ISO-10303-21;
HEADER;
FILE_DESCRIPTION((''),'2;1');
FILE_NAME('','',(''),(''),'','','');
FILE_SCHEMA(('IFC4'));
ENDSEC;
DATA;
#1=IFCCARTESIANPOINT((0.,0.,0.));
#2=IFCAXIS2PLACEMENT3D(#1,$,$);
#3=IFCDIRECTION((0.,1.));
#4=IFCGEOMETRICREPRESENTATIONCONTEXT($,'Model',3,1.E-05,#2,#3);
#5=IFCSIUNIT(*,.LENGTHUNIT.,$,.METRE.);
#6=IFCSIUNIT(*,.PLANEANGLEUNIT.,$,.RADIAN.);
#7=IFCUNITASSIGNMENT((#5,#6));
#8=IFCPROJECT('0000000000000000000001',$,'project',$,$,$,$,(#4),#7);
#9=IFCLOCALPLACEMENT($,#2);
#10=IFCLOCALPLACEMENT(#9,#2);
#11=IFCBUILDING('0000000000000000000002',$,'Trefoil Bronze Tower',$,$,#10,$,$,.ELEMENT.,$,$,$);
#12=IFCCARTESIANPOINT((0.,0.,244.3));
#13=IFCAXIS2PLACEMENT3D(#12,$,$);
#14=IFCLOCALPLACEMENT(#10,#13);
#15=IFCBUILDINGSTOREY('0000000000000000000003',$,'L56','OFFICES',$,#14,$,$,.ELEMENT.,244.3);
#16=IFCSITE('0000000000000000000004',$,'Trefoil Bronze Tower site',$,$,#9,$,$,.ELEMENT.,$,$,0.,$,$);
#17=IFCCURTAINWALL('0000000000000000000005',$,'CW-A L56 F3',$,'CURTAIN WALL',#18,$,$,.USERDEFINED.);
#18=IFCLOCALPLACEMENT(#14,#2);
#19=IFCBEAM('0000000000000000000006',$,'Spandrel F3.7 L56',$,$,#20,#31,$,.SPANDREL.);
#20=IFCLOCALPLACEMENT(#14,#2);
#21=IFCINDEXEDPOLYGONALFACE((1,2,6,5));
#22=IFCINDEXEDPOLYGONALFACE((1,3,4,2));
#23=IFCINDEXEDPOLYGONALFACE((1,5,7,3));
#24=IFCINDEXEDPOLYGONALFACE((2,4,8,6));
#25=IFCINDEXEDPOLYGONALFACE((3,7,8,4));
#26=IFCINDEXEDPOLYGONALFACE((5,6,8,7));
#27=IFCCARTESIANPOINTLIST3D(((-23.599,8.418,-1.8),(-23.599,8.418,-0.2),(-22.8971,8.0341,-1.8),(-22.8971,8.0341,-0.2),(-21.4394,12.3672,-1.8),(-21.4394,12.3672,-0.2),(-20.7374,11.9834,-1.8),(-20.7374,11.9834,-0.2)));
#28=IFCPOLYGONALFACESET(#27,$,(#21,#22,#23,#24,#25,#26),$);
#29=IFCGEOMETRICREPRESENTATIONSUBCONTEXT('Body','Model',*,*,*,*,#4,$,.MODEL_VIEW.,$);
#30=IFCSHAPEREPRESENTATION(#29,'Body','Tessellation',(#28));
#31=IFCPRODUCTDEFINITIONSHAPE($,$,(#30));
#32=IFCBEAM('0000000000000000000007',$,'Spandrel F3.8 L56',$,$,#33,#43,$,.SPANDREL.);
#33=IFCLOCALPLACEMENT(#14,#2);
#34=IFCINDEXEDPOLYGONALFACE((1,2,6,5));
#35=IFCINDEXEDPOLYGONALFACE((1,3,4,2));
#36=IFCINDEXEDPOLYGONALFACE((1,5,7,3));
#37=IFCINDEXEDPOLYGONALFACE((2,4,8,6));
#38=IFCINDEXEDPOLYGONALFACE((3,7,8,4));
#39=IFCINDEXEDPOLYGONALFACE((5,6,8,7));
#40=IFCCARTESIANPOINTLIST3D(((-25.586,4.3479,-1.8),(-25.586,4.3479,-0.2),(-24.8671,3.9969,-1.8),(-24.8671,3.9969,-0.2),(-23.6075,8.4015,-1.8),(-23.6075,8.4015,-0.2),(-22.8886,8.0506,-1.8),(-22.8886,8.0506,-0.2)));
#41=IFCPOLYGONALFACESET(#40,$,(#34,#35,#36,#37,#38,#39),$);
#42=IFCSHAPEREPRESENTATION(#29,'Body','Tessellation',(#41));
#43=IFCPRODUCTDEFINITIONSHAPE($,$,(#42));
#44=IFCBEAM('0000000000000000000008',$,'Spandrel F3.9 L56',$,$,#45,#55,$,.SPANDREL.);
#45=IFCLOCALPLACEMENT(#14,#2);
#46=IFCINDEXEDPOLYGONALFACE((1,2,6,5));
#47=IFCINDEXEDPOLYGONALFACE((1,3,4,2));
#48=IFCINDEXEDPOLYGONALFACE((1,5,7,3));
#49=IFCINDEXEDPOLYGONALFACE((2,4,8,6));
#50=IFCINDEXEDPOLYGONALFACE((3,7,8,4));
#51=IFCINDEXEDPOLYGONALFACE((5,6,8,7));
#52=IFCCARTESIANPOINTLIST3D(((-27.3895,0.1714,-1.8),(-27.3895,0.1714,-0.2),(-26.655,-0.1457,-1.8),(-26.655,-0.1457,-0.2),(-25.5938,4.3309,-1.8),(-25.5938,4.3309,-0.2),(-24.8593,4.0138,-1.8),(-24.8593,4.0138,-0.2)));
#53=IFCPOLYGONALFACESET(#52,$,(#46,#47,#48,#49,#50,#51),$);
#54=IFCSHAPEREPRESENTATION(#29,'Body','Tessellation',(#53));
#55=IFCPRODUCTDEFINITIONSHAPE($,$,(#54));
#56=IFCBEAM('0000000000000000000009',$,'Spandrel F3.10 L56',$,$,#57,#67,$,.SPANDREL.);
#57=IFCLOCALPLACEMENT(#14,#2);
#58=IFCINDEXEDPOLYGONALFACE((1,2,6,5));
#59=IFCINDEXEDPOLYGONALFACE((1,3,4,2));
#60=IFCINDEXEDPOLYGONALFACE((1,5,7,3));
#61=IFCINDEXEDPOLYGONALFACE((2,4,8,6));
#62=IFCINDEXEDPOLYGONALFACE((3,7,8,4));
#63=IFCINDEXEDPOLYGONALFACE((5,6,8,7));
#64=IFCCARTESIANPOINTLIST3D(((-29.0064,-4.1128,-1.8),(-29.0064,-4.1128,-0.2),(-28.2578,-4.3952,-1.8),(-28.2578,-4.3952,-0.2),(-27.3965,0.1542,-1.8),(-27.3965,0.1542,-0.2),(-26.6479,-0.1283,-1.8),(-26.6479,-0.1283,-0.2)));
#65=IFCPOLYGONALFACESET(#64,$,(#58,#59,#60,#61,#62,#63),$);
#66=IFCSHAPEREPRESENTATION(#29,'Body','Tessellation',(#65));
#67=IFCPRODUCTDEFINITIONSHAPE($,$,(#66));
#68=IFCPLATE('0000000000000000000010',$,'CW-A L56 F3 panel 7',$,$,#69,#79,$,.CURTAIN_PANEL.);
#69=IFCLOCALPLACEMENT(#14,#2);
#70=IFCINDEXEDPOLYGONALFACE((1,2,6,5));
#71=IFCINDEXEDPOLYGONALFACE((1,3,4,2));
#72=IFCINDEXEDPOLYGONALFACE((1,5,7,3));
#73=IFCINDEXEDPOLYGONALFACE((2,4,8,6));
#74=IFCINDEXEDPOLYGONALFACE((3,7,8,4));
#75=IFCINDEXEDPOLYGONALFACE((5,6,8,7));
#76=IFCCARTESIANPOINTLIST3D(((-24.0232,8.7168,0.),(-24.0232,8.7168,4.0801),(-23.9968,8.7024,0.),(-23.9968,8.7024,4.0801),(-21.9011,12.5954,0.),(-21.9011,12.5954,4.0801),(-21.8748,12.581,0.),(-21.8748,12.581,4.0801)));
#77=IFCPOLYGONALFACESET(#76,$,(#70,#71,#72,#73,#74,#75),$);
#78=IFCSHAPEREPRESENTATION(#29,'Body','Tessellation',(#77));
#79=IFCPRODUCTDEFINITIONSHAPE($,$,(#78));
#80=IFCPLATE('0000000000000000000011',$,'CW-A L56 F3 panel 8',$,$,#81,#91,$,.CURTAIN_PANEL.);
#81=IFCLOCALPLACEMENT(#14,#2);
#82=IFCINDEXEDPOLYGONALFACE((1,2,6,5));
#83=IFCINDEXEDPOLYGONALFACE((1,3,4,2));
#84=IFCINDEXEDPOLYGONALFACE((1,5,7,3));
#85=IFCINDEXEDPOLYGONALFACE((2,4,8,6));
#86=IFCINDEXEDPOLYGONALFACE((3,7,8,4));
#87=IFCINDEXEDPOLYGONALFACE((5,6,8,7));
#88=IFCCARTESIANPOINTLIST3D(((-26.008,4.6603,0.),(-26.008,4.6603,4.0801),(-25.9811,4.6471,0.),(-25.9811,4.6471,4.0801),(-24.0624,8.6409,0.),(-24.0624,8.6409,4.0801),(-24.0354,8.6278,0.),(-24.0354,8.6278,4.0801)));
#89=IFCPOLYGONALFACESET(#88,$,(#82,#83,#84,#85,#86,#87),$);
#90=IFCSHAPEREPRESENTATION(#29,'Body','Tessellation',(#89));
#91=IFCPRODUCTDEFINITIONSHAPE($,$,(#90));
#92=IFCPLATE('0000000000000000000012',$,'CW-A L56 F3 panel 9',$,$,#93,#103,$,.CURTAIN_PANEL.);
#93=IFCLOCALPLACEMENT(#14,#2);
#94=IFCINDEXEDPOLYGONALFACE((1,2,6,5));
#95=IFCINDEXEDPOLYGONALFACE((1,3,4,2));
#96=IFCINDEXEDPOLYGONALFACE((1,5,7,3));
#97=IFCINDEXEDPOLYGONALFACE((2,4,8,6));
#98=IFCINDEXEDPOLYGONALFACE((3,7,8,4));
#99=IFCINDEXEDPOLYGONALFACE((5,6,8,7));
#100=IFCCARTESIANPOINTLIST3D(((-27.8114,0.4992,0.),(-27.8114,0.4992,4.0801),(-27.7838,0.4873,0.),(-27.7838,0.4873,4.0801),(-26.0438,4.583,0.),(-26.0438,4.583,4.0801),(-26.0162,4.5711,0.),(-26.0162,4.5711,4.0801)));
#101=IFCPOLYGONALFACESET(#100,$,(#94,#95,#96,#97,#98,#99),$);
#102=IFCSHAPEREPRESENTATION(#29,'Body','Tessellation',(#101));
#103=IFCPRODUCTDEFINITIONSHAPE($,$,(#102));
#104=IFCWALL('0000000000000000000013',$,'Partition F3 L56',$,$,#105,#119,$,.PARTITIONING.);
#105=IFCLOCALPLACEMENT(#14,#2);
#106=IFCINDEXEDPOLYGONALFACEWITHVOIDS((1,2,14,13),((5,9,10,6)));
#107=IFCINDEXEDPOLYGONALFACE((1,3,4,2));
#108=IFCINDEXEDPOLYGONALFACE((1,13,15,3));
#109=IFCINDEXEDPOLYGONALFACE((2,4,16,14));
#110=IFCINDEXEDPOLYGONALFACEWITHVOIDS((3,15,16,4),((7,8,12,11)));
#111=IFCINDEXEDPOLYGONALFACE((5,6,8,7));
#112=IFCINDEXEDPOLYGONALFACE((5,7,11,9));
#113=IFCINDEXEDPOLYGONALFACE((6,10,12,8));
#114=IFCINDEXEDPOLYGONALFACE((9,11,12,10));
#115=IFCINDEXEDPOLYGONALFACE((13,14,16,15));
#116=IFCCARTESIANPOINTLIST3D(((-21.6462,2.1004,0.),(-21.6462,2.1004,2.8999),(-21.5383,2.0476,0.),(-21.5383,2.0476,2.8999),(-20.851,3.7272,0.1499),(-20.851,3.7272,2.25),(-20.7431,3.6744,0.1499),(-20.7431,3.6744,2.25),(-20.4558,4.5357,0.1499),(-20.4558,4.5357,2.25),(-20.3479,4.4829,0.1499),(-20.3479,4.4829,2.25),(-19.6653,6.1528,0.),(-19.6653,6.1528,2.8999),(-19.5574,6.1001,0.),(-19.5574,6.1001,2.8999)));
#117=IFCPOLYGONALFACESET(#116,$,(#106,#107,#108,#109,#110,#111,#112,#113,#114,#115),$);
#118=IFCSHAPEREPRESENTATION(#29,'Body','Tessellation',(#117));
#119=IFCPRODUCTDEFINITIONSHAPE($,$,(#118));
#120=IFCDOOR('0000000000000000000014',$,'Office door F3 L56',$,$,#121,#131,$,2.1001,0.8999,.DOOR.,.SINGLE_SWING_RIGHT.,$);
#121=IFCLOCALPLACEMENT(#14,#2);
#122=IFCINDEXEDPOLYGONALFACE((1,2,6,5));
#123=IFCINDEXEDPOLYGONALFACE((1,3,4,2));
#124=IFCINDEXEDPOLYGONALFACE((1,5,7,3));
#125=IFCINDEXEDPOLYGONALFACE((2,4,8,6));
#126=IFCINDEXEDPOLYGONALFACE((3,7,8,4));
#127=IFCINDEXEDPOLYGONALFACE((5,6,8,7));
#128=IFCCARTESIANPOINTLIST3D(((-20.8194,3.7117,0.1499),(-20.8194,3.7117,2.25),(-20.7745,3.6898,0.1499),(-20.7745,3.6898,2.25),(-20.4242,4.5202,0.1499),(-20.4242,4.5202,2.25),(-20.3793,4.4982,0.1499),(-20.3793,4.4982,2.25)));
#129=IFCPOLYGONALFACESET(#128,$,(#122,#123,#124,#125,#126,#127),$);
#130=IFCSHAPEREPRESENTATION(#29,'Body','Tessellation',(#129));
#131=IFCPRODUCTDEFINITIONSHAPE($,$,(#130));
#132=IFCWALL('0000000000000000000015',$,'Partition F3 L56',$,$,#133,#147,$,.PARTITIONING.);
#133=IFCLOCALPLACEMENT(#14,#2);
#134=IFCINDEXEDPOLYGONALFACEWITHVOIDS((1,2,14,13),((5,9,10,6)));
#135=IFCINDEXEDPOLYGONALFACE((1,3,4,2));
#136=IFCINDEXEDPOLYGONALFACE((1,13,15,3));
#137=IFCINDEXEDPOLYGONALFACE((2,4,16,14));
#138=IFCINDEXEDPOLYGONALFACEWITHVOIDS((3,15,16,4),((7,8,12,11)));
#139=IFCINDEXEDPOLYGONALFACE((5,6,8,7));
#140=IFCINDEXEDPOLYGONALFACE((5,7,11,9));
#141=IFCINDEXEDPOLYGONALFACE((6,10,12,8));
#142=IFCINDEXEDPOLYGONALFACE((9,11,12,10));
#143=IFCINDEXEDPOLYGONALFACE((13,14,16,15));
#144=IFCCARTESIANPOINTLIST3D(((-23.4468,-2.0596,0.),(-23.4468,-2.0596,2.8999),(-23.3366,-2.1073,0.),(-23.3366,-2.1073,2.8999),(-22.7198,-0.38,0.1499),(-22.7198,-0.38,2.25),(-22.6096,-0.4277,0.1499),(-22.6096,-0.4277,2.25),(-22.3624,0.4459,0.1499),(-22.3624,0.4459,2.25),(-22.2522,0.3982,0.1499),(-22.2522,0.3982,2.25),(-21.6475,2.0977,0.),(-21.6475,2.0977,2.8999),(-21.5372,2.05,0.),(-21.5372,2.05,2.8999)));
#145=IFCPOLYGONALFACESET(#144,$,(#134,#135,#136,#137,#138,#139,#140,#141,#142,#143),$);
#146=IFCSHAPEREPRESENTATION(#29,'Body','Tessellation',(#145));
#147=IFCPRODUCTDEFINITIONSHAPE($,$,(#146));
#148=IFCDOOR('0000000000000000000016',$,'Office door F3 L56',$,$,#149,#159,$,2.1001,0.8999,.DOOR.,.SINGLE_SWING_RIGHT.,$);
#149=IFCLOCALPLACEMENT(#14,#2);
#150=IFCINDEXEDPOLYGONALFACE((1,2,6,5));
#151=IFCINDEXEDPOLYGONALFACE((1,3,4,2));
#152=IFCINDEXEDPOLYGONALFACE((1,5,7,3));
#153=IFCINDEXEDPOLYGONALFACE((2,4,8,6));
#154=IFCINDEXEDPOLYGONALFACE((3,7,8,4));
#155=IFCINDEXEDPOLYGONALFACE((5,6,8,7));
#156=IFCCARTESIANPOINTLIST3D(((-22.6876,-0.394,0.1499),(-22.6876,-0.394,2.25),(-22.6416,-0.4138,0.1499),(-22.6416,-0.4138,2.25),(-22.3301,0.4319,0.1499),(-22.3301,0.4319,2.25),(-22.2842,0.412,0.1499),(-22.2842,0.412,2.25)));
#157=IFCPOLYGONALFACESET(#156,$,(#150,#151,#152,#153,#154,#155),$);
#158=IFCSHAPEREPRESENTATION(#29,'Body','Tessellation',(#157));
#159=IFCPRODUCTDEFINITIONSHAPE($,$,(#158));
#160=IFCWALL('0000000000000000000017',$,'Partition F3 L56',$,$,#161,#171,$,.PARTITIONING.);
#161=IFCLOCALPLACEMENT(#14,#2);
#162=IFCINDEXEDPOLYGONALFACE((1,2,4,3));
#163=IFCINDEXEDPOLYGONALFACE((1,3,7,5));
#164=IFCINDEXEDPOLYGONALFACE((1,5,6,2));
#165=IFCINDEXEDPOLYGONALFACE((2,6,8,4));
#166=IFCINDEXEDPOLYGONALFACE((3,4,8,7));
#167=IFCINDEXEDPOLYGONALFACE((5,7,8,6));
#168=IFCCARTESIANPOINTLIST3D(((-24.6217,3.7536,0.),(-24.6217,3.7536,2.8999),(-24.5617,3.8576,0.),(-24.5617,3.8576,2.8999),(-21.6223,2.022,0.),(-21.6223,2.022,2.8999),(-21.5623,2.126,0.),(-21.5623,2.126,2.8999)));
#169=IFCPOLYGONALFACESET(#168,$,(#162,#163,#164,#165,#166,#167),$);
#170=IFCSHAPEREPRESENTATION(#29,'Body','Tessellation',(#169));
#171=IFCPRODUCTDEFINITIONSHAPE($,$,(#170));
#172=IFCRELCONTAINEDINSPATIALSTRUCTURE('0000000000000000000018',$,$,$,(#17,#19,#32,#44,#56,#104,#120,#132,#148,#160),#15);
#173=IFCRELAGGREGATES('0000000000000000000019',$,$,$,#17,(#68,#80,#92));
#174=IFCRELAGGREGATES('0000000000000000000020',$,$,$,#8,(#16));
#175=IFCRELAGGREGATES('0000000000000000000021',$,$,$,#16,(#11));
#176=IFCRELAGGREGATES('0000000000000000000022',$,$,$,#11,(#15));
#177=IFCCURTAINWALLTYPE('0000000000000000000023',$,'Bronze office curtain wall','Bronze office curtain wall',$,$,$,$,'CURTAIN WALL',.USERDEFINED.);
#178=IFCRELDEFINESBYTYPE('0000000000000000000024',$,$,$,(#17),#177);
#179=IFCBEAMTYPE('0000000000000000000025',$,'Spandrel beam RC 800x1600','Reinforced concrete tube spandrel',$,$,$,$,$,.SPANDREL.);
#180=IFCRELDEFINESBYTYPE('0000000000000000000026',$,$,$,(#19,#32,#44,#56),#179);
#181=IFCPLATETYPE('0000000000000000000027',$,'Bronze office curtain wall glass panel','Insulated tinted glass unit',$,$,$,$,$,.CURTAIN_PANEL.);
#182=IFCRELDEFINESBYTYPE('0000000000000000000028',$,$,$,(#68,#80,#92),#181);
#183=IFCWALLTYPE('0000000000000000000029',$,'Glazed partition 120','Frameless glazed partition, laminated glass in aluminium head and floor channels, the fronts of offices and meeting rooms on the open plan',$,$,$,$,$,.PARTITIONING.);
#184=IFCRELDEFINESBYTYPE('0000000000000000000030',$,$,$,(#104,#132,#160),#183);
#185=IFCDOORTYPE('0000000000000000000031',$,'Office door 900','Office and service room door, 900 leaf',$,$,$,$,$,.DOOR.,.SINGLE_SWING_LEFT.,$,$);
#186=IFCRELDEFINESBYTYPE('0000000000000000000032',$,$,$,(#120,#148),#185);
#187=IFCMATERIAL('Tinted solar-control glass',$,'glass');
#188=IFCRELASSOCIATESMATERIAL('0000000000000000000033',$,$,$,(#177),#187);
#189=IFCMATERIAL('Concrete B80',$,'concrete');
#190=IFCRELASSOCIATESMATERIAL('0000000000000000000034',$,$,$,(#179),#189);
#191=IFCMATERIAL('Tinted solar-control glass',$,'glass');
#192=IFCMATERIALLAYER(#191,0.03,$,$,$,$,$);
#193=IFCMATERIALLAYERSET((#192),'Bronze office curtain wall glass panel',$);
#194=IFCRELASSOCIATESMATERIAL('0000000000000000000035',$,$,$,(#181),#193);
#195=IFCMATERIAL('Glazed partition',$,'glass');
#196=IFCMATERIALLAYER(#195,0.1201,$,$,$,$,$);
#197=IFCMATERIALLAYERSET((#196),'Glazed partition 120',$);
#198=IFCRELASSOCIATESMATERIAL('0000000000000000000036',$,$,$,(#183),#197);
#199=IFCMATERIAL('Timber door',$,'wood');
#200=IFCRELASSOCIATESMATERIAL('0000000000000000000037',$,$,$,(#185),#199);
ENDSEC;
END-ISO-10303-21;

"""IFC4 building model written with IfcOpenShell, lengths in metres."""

from ifc_helpers import new_model, si_unit, direction, frame, frame_2d, origin, origin_2d, place, context, subcontext, project, spatial, rectangle, extrude, material, layer, layer_set, material_profile, profile_set, type_object, element, fill, aggregate, save


model = new_model("IFC4")

# Units and contexts
model_context = context("Model", 3, precision=1e-05, world=origin(), true_north=direction((0.0, 1.0)))
body_context = subcontext(model_context, "Body", "Model", "MODEL_VIEW")
ifc_project = project(units=[si_unit("LENGTHUNIT", "METRE"), si_unit("PLANEANGLEUNIT", "RADIAN")], contexts=[model_context])

# Site, building, storey
site_placement = place(None, origin())
site = spatial("IfcSite", under=ifc_project, at=site_placement, Name="Trefoil Bronze Tower site", CompositionType="ELEMENT", RefElevation=0.0)
building_placement = place(site_placement, origin())
building = spatial("IfcBuilding", under=site, at=building_placement, Name="Trefoil Bronze Tower", CompositionType="ELEMENT")
storey_placement = place(building_placement, frame((0.0, 0.0, 244.3)))
storey = spatial("IfcBuildingStorey", under=building, at=storey_placement, Name="L56", Description="OFFICES", CompositionType="ELEMENT", Elevation=244.3)

# Curtain wall
ifc_material_1 = material(Name="Tinted solar-control glass", Category="glass")
curtain_wall_type = type_object("IfcCurtainWallType", Name="Bronze office curtain wall", Description="Bronze office curtain wall", ElementType="CURTAIN WALL", PredefinedType="USERDEFINED", material=ifc_material_1)
curtain_wall_placement = place(storey_placement, origin())
curtain_wall = element("IfcCurtainWall", 1, at=curtain_wall_placement, inside=storey, type_object=curtain_wall_type, Name="CW-A L56 F3", ObjectType="CURTAIN WALL", PredefinedType="USERDEFINED")

# Beams
ifc_material_2 = material(Name="Concrete B80", Category="concrete")
ifc_material_profile_1 = material_profile(ifc_material_2, rectangle(XDim=0.8, YDim=1.6001, at=origin_2d()), Name="RC 800x1600")
ifc_profile_set_1 = profile_set([ifc_material_profile_1], Name="Concrete B80")
beam_type_1 = type_object("IfcBeamType", Name="Spandrel beam RC 800x1600", Description="Reinforced concrete tube spandrel", PredefinedType="SPANDREL", material=ifc_profile_set_1)
beam_1_placement = place(storey_placement, frame((-21.0884, 12.1753, -1.0), z_axis=(-0.479802, -0.877377, 0.0), x_axis=(0.877377, -0.479802, 0.0)))
element("IfcBeam", 2, at=beam_1_placement, inside=storey, type_object=beam_type_1, Name="Spandrel F3.7 L56", PredefinedType="SPANDREL", context=body_context, shape_type="SweptSolid", body=[
    extrude(rectangle(XDim=0.8, YDim=1.6001, at=origin_2d()), origin(), (0.0, 0.0, 1.0), 4.5012),
])
beam_2_placement = place(storey_placement, frame((-23.248, 8.2261, -1.0), z_axis=(-0.43862, -0.898673, 0.0), x_axis=(0.898673, -0.43862, 0.0)))
element("IfcBeam", 3, at=beam_2_placement, inside=storey, type_object=beam_type_1, Name="Spandrel F3.8 L56", PredefinedType="SPANDREL", context=body_context, shape_type="SweptSolid", body=[
    extrude(rectangle(XDim=0.8, YDim=1.6001, at=origin_2d()), origin(), (0.0, 0.0, 1.0), 4.5107),
])
beam_3_placement = place(storey_placement, frame((-25.2266, 4.1724, -1.0), z_axis=(-0.39635, -0.918099, 0.0), x_axis=(0.918099, -0.39635, 0.0)))
element("IfcBeam", 4, at=beam_3_placement, inside=storey, type_object=beam_type_1, Name="Spandrel F3.9 L56", PredefinedType="SPANDREL", context=body_context, shape_type="SweptSolid", body=[
    extrude(rectangle(XDim=0.8, YDim=1.6001, at=origin_2d()), origin(), (0.0, 0.0, 1.0), 4.5305),
])
beam_4_placement = place(storey_placement, frame((-27.0222, 0.0129, -1.0), z_axis=(-0.353006, -0.935621, 0.0), x_axis=(0.935621, -0.353006, 0.0)))
element("IfcBeam", 5, at=beam_4_placement, inside=storey, type_object=beam_type_1, Name="Spandrel F3.10 L56", PredefinedType="SPANDREL", context=body_context, shape_type="SweptSolid", body=[
    extrude(rectangle(XDim=0.8, YDim=1.6001, at=origin_2d()), origin(), (0.0, 0.0, 1.0), 4.5605),
])

# Plates
ifc_material_3 = material(Name="Tinted solar-control glass", Category="glass")
ifc_layer_1 = layer(ifc_material_3, 0.03)
ifc_layer_set_1 = layer_set([ifc_layer_1], Name="Bronze office curtain wall glass panel")
plate_type = type_object("IfcPlateType", Name="Bronze office curtain wall glass panel", Description="Insulated tinted glass unit", PredefinedType="CURTAIN_PANEL", material=ifc_layer_set_1)
plate_1_placement = place(storey_placement, frame((-22.949, 10.6489, 0.0), z_axis=(0.0, 0.0, 1.0), x_axis=(-0.479974, -0.877283, 0.0)))
plate_1 = element("IfcPlate", 6, at=plate_1_placement, type_object=plate_type, Name="CW-A L56 F3 panel 7", PredefinedType="CURTAIN_PANEL", context=body_context, shape_type="SweptSolid", body=[
    extrude(rectangle(XDim=4.4211, YDim=0.03, at=origin_2d()), origin(), (0.0, 0.0, 1.0), 4.0801),
])
plate_2_placement = place(storey_placement, frame((-25.0217, 6.644, 0.0), z_axis=(0.0, 0.0, 1.0), x_axis=(-0.439129, -0.898424, 0.0)))
plate_2 = element("IfcPlate", 7, at=plate_2_placement, type_object=plate_type, Name="CW-A L56 F3 panel 8", PredefinedType="CURTAIN_PANEL", context=body_context, shape_type="SweptSolid", body=[
    extrude(rectangle(XDim=4.4307, YDim=0.03, at=origin_2d()), origin(), (0.0, 0.0, 1.0), 4.0801),
])
plate_3_placement = place(storey_placement, frame((-26.9138, 2.5352, 0.0), z_axis=(0.0, 0.0, 1.0), x_axis=(-0.39722, -0.917723, 0.0)))
plate_3 = element("IfcPlate", 8, at=plate_3_placement, type_object=plate_type, Name="CW-A L56 F3 panel 9", PredefinedType="CURTAIN_PANEL", context=body_context, shape_type="SweptSolid", body=[
    extrude(rectangle(XDim=4.45, YDim=0.03, at=origin_2d()), origin(), (0.0, 0.0, 1.0), 4.0801),
])
aggregate(curtain_wall, [plate_1, plate_2, plate_3])

# Walls, openings, doors
ifc_material_4 = material(Name="Glazed partition", Category="glass")
ifc_layer_2 = layer(ifc_material_4, 0.1201)
ifc_layer_set_2 = layer_set([ifc_layer_2], Name="Glazed partition 120")
wall_type = type_object("IfcWallType", Name="Glazed partition 120", Description="Frameless glazed partition, laminated glass in aluminium head and floor channels, the fronts of offices and meeting rooms on the open plan", PredefinedType="PARTITIONING", material=ifc_layer_set_2)
wall_1_placement = place(storey_placement, frame((-19.6113, 6.1265, 0.0), z_axis=(0.0, 0.0, 1.0), x_axis=(-0.439164, -0.898407, 0.0)))
wall_1 = element("IfcWall", 9, at=wall_1_placement, inside=storey, type_object=wall_type, Name="Partition F3 L56", PredefinedType="PARTITIONING", context=body_context, shape_type="SweptSolid", body=[
    extrude(rectangle(XDim=4.5107, YDim=0.1201, at=frame_2d((2.2554, 0.0))), origin(), (0.0, 0.0, 1.0), 2.8999),
])
opening_1_placement = place(wall_1_placement, frame((1.8, 0.0, 0.1499)))
opening_1 = element("IfcOpeningElement", 10, at=opening_1_placement, cuts=wall_1, PredefinedType="OPENING", context=body_context, shape_type="SweptSolid", body=[
    extrude(rectangle(XDim=0.8999, YDim=2.1001, at=frame_2d((0.45, 1.05))), frame((0.0, 0.0701, 0.0), z_axis=(0.0, -1.0, 0.0), x_axis=(1.0, 0.0, 0.0)), (0.0, 0.0, 1.0), 0.1401),
])
ifc_material_5 = material(Name="Timber door", Category="wood")
door_type = type_object("IfcDoorType", Name="Office door 900", Description="Office and service room door, 900 leaf", OperationType="SINGLE_SWING_LEFT", PredefinedType="DOOR", material=ifc_material_5)
door_1_placement = place(opening_1_placement, frame((0.8999, 0.0, 0.0), z_axis=(0.0, 0.0, 1.0), x_axis=(-1.0, 0.0, 0.0)))
door_1 = element("IfcDoor", 11, at=door_1_placement, inside=storey, type_object=door_type, Name="Office door F3 L56", OperationType="SINGLE_SWING_RIGHT", OverallHeight=2.1001, OverallWidth=0.8999, PredefinedType="DOOR", context=body_context, shape_type="SweptSolid", body=[
    extrude(rectangle(XDim=0.8999, YDim=2.1001, at=frame_2d((0.45, 1.05))), frame((0.0, 0.0249, 0.0), z_axis=(0.0, -1.0, 0.0), x_axis=(1.0, 0.0, 0.0)), (0.0, 0.0, 1.0), 0.05),
])
fill(opening_1, door_1)
wall_2_placement = place(storey_placement, frame((-21.5923, 2.074, 0.0), z_axis=(0.0, 0.0, 1.0), x_axis=(-0.397208, -0.917729, 0.0)))
wall_2 = element("IfcWall", 12, at=wall_2_placement, inside=storey, type_object=wall_type, Name="Partition F3 L56", PredefinedType="PARTITIONING", context=body_context, shape_type="SweptSolid", body=[
    extrude(rectangle(XDim=4.53, YDim=0.1201, at=frame_2d((2.2651, 0.0))), origin(), (0.0, 0.0, 1.0), 2.8999),
])
opening_2_placement = place(wall_2_placement, frame((1.8, 0.0, 0.1499)))
opening_2 = element("IfcOpeningElement", 13, at=opening_2_placement, cuts=wall_2, PredefinedType="OPENING", context=body_context, shape_type="SweptSolid", body=[
    extrude(rectangle(XDim=0.8999, YDim=2.1001, at=frame_2d((0.45, 1.05))), frame((0.0, 0.0701, 0.0), z_axis=(0.0, -1.0, 0.0), x_axis=(1.0, 0.0, 0.0)), (0.0, 0.0, 1.0), 0.1401),
])
door_2_placement = place(opening_2_placement, frame((0.8999, 0.0, 0.0), z_axis=(0.0, 0.0, 1.0), x_axis=(-1.0, 0.0, 0.0)))
door_2 = element("IfcDoor", 14, at=door_2_placement, inside=storey, type_object=door_type, Name="Office door F3 L56", OperationType="SINGLE_SWING_RIGHT", OverallHeight=2.1001, OverallWidth=0.8999, PredefinedType="DOOR", context=body_context, shape_type="SweptSolid", body=[
    extrude(rectangle(XDim=0.8999, YDim=2.1001, at=frame_2d((0.45, 1.05))), frame((0.0, 0.0249, 0.0), z_axis=(0.0, -1.0, 0.0), x_axis=(1.0, 0.0, 0.0)), (0.0, 0.0, 1.0), 0.05),
])
fill(opening_2, door_2)

# Wall
wall_3_placement = place(storey_placement, frame((-21.5923, 2.074, 0.0), z_axis=(0.0, 0.0, 1.0), x_axis=(-0.866035, 0.499983, 0.0)))
element("IfcWall", 15, at=wall_3_placement, inside=storey, type_object=wall_type, Name="Partition F3 L56", PredefinedType="PARTITIONING", context=body_context, shape_type="SweptSolid", body=[
    extrude(rectangle(XDim=3.4634, YDim=0.1201, at=frame_2d((1.7317, 0.0))), origin(), (0.0, 0.0, 1.0), 2.8999),
])

save(model, "model.ifc")
